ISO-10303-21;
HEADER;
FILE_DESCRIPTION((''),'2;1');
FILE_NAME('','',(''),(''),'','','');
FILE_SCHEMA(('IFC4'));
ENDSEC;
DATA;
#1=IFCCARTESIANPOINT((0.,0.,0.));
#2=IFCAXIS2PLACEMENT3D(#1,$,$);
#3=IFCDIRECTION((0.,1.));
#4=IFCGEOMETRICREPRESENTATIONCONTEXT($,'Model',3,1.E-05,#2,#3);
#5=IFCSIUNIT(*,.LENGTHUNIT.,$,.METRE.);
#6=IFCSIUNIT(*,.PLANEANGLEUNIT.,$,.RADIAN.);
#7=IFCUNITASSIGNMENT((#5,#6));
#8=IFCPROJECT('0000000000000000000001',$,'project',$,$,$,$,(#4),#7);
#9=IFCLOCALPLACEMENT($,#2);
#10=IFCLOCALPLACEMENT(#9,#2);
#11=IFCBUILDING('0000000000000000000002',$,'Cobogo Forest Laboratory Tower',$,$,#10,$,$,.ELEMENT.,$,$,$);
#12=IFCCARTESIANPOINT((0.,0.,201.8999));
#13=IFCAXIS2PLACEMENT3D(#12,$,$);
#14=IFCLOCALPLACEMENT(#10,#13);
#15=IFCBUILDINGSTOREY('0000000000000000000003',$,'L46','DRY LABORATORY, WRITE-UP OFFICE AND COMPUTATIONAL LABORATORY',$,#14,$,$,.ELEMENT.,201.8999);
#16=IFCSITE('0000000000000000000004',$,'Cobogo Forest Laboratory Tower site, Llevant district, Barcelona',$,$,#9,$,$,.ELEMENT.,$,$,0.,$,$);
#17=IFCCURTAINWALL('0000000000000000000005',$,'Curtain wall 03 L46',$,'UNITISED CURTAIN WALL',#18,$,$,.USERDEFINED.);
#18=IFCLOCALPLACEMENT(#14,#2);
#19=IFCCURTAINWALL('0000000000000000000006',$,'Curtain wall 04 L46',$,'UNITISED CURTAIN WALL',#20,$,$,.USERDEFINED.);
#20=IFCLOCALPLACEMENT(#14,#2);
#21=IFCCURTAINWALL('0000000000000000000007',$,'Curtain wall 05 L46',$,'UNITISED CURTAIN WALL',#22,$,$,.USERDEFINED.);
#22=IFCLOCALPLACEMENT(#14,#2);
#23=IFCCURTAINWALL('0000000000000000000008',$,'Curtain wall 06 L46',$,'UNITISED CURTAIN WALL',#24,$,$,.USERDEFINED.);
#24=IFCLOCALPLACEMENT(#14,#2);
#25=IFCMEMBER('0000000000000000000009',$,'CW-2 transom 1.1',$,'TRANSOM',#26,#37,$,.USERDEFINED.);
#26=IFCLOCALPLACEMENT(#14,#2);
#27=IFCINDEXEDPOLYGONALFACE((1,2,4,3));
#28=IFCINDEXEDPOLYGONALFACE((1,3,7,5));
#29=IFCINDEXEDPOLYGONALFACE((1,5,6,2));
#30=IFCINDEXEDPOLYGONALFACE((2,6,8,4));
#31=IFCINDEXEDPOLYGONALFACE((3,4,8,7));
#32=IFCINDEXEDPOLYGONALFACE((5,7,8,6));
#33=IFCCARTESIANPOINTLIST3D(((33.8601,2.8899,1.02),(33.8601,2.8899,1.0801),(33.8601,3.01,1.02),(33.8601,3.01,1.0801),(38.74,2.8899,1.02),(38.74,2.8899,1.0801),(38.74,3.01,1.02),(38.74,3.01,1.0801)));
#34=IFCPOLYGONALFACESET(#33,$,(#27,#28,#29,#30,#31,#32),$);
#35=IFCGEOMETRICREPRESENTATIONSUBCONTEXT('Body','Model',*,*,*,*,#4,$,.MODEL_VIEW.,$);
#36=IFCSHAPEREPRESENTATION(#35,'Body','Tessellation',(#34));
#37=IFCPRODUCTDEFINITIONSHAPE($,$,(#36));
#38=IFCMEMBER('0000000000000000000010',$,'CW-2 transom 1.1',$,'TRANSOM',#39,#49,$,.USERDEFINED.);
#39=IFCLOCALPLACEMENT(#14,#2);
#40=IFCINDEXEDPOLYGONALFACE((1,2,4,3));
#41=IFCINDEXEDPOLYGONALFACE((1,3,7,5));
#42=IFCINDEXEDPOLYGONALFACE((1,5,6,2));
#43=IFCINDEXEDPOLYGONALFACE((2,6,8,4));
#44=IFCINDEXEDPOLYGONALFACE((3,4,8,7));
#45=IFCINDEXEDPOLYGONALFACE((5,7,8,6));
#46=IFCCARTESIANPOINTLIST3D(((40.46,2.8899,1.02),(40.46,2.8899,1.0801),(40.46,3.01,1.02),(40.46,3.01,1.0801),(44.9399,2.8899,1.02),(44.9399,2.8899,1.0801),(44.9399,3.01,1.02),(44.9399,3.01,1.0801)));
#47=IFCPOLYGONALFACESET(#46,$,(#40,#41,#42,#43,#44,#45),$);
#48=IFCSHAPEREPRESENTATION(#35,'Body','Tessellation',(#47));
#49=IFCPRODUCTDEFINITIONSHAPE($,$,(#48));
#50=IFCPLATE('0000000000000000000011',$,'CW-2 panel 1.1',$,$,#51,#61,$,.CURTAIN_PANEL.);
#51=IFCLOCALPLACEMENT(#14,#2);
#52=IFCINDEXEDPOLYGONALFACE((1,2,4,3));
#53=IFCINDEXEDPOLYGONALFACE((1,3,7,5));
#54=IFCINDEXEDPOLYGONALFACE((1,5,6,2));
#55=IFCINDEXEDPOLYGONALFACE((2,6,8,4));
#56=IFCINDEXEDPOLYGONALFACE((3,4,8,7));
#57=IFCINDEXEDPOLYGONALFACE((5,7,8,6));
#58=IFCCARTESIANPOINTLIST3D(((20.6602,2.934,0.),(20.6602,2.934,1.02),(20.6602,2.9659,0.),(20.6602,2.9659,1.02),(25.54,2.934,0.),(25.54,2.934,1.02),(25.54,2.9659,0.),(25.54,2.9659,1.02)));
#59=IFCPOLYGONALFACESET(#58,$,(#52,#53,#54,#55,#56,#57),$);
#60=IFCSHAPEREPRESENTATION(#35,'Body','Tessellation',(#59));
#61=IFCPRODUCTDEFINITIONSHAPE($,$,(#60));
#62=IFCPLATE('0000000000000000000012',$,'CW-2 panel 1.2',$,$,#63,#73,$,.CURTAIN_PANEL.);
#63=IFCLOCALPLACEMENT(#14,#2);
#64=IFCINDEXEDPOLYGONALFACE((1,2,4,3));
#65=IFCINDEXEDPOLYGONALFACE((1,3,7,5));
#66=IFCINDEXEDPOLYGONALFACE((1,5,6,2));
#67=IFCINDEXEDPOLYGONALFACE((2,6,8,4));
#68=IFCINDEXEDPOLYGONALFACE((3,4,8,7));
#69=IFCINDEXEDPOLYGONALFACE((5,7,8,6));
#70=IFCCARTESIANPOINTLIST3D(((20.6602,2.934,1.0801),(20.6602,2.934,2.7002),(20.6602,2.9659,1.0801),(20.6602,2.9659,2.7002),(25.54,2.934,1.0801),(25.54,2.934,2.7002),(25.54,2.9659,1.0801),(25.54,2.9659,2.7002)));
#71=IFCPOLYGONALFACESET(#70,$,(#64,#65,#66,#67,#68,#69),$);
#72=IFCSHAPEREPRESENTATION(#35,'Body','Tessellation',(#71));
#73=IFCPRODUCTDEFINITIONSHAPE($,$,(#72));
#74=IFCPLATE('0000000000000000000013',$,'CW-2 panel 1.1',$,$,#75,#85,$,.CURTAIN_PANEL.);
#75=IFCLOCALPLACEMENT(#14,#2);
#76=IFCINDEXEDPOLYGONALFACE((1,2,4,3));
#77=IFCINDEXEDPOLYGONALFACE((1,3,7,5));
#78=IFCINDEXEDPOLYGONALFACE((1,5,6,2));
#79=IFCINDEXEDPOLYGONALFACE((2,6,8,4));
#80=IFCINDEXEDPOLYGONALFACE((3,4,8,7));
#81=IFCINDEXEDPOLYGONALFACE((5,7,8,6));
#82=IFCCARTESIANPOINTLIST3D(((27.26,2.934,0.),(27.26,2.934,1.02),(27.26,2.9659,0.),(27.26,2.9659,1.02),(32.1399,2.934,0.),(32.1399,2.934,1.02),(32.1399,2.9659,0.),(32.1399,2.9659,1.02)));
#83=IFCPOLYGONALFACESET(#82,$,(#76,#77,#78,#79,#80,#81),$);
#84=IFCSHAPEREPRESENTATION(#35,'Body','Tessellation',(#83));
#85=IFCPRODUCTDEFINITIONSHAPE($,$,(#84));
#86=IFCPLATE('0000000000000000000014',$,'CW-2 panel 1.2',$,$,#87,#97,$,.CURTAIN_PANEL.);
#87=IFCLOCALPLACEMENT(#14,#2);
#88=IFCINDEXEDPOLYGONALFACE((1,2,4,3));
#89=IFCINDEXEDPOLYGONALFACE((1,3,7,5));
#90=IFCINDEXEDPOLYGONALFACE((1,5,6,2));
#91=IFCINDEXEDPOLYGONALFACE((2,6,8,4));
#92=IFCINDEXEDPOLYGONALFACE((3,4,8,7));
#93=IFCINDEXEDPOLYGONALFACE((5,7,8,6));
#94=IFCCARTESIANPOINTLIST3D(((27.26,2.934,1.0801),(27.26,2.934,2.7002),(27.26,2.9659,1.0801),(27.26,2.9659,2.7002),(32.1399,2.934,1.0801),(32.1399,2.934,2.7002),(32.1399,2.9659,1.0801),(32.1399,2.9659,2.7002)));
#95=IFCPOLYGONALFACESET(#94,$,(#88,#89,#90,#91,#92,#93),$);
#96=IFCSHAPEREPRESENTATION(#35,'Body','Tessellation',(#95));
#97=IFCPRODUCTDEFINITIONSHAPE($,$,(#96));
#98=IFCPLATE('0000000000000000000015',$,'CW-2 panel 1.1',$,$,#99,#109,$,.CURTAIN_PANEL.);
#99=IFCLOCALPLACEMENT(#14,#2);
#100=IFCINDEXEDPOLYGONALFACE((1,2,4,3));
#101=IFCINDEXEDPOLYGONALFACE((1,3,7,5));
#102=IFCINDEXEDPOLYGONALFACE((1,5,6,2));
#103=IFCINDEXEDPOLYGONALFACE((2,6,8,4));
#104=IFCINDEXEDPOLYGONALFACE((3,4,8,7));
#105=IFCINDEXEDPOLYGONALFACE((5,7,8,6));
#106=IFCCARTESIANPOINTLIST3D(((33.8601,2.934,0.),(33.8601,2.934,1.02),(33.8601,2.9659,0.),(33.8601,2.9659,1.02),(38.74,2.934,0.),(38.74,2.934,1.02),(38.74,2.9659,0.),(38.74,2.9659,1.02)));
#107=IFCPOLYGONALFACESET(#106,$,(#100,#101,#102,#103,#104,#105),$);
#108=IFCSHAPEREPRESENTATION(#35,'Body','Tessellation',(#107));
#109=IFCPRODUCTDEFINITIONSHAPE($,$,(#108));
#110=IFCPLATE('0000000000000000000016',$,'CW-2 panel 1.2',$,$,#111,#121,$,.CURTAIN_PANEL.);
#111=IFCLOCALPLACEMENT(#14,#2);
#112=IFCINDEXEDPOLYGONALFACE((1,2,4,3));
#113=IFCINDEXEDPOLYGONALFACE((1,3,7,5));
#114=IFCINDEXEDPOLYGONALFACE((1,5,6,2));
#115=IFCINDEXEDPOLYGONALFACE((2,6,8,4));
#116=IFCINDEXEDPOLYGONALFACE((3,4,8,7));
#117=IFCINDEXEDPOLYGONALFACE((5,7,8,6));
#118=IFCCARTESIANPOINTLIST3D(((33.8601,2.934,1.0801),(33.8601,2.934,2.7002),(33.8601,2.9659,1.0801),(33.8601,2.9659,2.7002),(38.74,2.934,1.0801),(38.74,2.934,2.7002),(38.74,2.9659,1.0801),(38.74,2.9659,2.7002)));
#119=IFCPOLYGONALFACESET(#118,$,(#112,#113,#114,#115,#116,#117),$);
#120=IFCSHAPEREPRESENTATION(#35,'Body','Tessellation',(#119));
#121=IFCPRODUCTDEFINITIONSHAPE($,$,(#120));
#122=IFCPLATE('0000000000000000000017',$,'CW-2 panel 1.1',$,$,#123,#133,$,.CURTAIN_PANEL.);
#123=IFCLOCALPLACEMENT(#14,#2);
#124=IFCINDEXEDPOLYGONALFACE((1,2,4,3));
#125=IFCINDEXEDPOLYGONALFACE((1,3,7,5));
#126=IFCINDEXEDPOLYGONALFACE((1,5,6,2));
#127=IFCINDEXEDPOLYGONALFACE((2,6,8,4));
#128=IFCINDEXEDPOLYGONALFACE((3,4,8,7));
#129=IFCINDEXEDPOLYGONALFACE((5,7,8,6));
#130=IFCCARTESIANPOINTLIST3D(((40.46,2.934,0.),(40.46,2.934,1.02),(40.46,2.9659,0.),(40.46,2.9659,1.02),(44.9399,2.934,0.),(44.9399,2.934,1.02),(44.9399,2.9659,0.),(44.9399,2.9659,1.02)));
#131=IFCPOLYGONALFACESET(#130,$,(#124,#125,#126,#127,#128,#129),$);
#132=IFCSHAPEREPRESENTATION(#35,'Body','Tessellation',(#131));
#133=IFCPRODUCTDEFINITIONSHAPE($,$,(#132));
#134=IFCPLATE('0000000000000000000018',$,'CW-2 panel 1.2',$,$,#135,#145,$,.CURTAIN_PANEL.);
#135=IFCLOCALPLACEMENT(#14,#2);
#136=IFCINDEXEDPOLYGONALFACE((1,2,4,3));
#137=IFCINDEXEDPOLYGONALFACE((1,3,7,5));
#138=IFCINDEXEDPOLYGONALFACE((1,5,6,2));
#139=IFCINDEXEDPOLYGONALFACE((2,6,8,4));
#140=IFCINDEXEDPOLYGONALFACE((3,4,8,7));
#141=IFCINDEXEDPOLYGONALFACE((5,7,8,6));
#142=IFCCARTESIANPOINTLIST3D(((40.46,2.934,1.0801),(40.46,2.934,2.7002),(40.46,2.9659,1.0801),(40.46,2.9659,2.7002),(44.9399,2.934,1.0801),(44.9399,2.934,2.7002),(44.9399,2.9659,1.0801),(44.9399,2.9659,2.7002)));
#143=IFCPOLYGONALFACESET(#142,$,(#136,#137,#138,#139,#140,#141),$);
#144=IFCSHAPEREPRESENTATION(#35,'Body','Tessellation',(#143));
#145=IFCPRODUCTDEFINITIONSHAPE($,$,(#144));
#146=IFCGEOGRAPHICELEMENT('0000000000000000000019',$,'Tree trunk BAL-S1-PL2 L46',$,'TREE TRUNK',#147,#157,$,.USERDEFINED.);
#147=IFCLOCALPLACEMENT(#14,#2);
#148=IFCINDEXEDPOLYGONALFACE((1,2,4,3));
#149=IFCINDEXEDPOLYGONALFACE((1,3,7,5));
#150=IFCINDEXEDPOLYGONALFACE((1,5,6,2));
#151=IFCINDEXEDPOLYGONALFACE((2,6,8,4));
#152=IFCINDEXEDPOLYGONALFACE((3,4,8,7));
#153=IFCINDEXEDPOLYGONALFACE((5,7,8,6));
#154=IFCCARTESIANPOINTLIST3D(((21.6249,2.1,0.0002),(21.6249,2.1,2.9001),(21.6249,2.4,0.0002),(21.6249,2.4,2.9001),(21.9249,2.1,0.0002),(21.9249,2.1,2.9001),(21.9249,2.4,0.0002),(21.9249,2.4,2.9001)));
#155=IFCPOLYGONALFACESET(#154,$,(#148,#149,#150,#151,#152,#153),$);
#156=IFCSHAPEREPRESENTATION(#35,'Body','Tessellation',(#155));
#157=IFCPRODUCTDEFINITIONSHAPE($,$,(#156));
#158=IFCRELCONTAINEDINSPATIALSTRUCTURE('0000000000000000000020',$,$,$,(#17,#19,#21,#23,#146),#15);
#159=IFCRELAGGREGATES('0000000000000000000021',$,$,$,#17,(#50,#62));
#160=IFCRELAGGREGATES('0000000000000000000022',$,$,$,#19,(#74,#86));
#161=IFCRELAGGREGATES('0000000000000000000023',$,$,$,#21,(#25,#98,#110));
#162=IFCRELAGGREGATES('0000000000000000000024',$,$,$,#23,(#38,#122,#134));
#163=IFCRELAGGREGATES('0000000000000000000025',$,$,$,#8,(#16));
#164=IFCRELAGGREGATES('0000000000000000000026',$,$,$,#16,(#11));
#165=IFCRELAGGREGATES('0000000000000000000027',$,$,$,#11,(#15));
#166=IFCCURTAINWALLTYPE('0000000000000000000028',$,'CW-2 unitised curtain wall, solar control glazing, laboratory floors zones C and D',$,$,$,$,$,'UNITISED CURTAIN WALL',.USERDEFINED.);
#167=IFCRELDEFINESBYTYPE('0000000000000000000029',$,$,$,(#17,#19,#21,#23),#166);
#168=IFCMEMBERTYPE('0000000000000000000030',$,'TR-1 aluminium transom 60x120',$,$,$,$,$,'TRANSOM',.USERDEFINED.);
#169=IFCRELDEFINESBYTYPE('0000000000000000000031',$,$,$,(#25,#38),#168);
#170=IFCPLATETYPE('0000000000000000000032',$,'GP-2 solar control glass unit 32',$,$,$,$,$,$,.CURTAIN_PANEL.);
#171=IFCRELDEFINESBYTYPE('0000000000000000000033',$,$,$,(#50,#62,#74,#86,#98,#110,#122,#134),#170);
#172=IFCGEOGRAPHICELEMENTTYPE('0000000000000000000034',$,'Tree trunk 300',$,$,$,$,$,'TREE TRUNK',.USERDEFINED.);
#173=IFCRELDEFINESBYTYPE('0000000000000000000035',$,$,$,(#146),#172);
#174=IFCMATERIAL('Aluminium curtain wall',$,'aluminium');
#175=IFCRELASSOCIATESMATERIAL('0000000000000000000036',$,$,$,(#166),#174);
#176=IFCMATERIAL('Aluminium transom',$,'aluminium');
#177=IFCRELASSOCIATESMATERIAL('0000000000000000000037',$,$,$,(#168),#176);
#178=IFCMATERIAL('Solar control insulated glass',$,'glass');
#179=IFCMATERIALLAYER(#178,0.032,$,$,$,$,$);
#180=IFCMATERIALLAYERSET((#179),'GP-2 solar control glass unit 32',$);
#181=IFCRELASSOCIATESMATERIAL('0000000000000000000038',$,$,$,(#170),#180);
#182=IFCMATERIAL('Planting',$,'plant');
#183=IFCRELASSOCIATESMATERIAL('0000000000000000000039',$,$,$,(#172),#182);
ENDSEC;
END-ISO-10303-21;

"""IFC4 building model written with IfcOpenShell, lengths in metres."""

from ifc_helpers import new_model, si_unit, direction, frame, origin, origin_2d, place, context, subcontext, project, spatial, rectangle, extrude, material, layer, layer_set, material_profile, profile_set, type_object, element, aggregate, save


model = new_model("IFC4")

# Units and contexts
model_context = context("Model", 3, precision=1e-05, world=origin(), true_north=direction((0.0, 1.0)))
body_context = subcontext(model_context, "Body", "Model", "MODEL_VIEW")
ifc_project = project(units=[si_unit("LENGTHUNIT", "METRE"), si_unit("PLANEANGLEUNIT", "RADIAN")], contexts=[model_context])

# Site, building, storey
site_placement = place(None, origin())
site = spatial("IfcSite", under=ifc_project, at=site_placement, Name="Cobogo Forest Laboratory Tower site, Llevant district, Barcelona", CompositionType="ELEMENT", RefElevation=0.0)
building_placement = place(site_placement, origin())
building = spatial("IfcBuilding", under=site, at=building_placement, Name="Cobogo Forest Laboratory Tower", CompositionType="ELEMENT")
storey_placement = place(building_placement, frame((0.0, 0.0, 201.8999)))
storey = spatial("IfcBuildingStorey", under=building, at=storey_placement, Name="L46", Description="DRY LABORATORY, WRITE-UP OFFICE AND COMPUTATIONAL LABORATORY", CompositionType="ELEMENT", Elevation=201.8999)

# Curtain walls
ifc_material_1 = material(Name="Aluminium curtain wall", Category="aluminium")
curtain_wall_type = type_object("IfcCurtainWallType", Name="CW-2 unitised curtain wall, solar control glazing, laboratory floors zones C and D", ElementType="UNITISED CURTAIN WALL", PredefinedType="USERDEFINED", material=ifc_material_1)
curtain_wall_1_placement = place(storey_placement, origin())
curtain_wall_1 = element("IfcCurtainWall", 1, at=curtain_wall_1_placement, inside=storey, type_object=curtain_wall_type, Name="Curtain wall 03 L46", ObjectType="UNITISED CURTAIN WALL", PredefinedType="USERDEFINED")
curtain_wall_2_placement = place(storey_placement, origin())
curtain_wall_2 = element("IfcCurtainWall", 2, at=curtain_wall_2_placement, inside=storey, type_object=curtain_wall_type, Name="Curtain wall 04 L46", ObjectType="UNITISED CURTAIN WALL", PredefinedType="USERDEFINED")
curtain_wall_3_placement = place(storey_placement, origin())
curtain_wall_3 = element("IfcCurtainWall", 3, at=curtain_wall_3_placement, inside=storey, type_object=curtain_wall_type, Name="Curtain wall 05 L46", ObjectType="UNITISED CURTAIN WALL", PredefinedType="USERDEFINED")

# Curtain wall
curtain_wall_4_placement = place(storey_placement, origin())
curtain_wall_4 = element("IfcCurtainWall", 4, at=curtain_wall_4_placement, inside=storey, type_object=curtain_wall_type, Name="Curtain wall 06 L46", ObjectType="UNITISED CURTAIN WALL", PredefinedType="USERDEFINED")

# Members
ifc_material_2 = material(Name="Aluminium transom", Category="aluminium")
ifc_material_profile_1 = material_profile(ifc_material_2, rectangle(XDim=0.1201, YDim=0.0601, at=origin_2d()), Name="AL 60x120")
ifc_profile_set_1 = profile_set([ifc_material_profile_1], Name="Aluminium transom")
member_type_1 = type_object("IfcMemberType", Name="TR-1 aluminium transom 60x120", ElementType="TRANSOM", PredefinedType="USERDEFINED", material=ifc_profile_set_1)
member_1_placement = place(storey_placement, frame((33.8601, 2.95, 1.05), z_axis=(1.0, 0.0, 0.0), x_axis=(0.0, 1.0, 0.0)))
member_1 = element("IfcMember", 5, at=member_1_placement, type_object=member_type_1, Name="CW-2 transom 1.1", ObjectType="TRANSOM", PredefinedType="USERDEFINED", context=body_context, shape_type="SweptSolid", body=[
    extrude(rectangle(XDim=0.1201, YDim=0.0601, at=origin_2d()), origin(), (0.0, 0.0, 1.0), 4.8799),
])
member_2_placement = place(storey_placement, frame((40.46, 2.95, 1.05), z_axis=(1.0, 0.0, 0.0), x_axis=(0.0, 1.0, 0.0)))
member_2 = element("IfcMember", 6, at=member_2_placement, type_object=member_type_1, Name="CW-2 transom 1.1", ObjectType="TRANSOM", PredefinedType="USERDEFINED", context=body_context, shape_type="SweptSolid", body=[
    extrude(rectangle(XDim=0.1201, YDim=0.0601, at=origin_2d()), origin(), (0.0, 0.0, 1.0), 4.48),
])

# Plates
ifc_material_3 = material(Name="Solar control insulated glass", Category="glass")
ifc_layer = layer(ifc_material_3, 0.032)
ifc_layer_set = layer_set([ifc_layer], Name="GP-2 solar control glass unit 32")
plate_type_1 = type_object("IfcPlateType", Name="GP-2 solar control glass unit 32", PredefinedType="CURTAIN_PANEL", material=ifc_layer_set)
plate_1_placement = place(storey_placement, frame((23.1001, 2.95, 0.0), z_axis=(0.0, 0.0, 1.0), x_axis=(1.0, 0.0, 0.0)))
plate_1 = element("IfcPlate", 7, at=plate_1_placement, type_object=plate_type_1, Name="CW-2 panel 1.1", PredefinedType="CURTAIN_PANEL", context=body_context, shape_type="SweptSolid", body=[
    extrude(rectangle(XDim=4.8799, YDim=0.032, at=origin_2d()), origin(), (0.0, 0.0, 1.0), 1.02),
])
plate_2_placement = place(storey_placement, frame((23.1001, 2.95, 1.0801), z_axis=(0.0, 0.0, 1.0), x_axis=(1.0, 0.0, 0.0)))
plate_2 = element("IfcPlate", 8, at=plate_2_placement, type_object=plate_type_1, Name="CW-2 panel 1.2", PredefinedType="CURTAIN_PANEL", context=body_context, shape_type="SweptSolid", body=[
    extrude(rectangle(XDim=4.8799, YDim=0.032, at=origin_2d()), origin(), (0.0, 0.0, 1.0), 1.6201),
])
aggregate(curtain_wall_1, [plate_1, plate_2])
plate_3_placement = place(storey_placement, frame((29.7, 2.95, 0.0), z_axis=(0.0, 0.0, 1.0), x_axis=(1.0, 0.0, 0.0)))
plate_3 = element("IfcPlate", 9, at=plate_3_placement, type_object=plate_type_1, Name="CW-2 panel 1.1", PredefinedType="CURTAIN_PANEL", context=body_context, shape_type="SweptSolid", body=[
    extrude(rectangle(XDim=4.8799, YDim=0.032, at=origin_2d()), origin(), (0.0, 0.0, 1.0), 1.02),
])
plate_4_placement = place(storey_placement, frame((29.7, 2.95, 1.0801), z_axis=(0.0, 0.0, 1.0), x_axis=(1.0, 0.0, 0.0)))
plate_4 = element("IfcPlate", 10, at=plate_4_placement, type_object=plate_type_1, Name="CW-2 panel 1.2", PredefinedType="CURTAIN_PANEL", context=body_context, shape_type="SweptSolid", body=[
    extrude(rectangle(XDim=4.8799, YDim=0.032, at=origin_2d()), origin(), (0.0, 0.0, 1.0), 1.6201),
])
aggregate(curtain_wall_2, [plate_3, plate_4])
plate_5_placement = place(storey_placement, frame((36.3, 2.95, 0.0), z_axis=(0.0, 0.0, 1.0), x_axis=(1.0, 0.0, 0.0)))
plate_5 = element("IfcPlate", 11, at=plate_5_placement, type_object=plate_type_1, Name="CW-2 panel 1.1", PredefinedType="CURTAIN_PANEL", context=body_context, shape_type="SweptSolid", body=[
    extrude(rectangle(XDim=4.8799, YDim=0.032, at=origin_2d()), origin(), (0.0, 0.0, 1.0), 1.02),
])
plate_6_placement = place(storey_placement, frame((36.3, 2.95, 1.0801), z_axis=(0.0, 0.0, 1.0), x_axis=(1.0, 0.0, 0.0)))
plate_6 = element("IfcPlate", 12, at=plate_6_placement, type_object=plate_type_1, Name="CW-2 panel 1.2", PredefinedType="CURTAIN_PANEL", context=body_context, shape_type="SweptSolid", body=[
    extrude(rectangle(XDim=4.8799, YDim=0.032, at=origin_2d()), origin(), (0.0, 0.0, 1.0), 1.6201),
])
aggregate(curtain_wall_3, [member_1, plate_5, plate_6])
plate_7_placement = place(storey_placement, frame((42.7, 2.95, 0.0), z_axis=(0.0, 0.0, 1.0), x_axis=(1.0, 0.0, 0.0)))
plate_7 = element("IfcPlate", 13, at=plate_7_placement, type_object=plate_type_1, Name="CW-2 panel 1.1", PredefinedType="CURTAIN_PANEL", context=body_context, shape_type="SweptSolid", body=[
    extrude(rectangle(XDim=4.48, YDim=0.032, at=origin_2d()), origin(), (0.0, 0.0, 1.0), 1.02),
])
plate_8_placement = place(storey_placement, frame((42.7, 2.95, 1.0801), z_axis=(0.0, 0.0, 1.0), x_axis=(1.0, 0.0, 0.0)))
plate_8 = element("IfcPlate", 14, at=plate_8_placement, type_object=plate_type_1, Name="CW-2 panel 1.2", PredefinedType="CURTAIN_PANEL", context=body_context, shape_type="SweptSolid", body=[
    extrude(rectangle(XDim=4.48, YDim=0.032, at=origin_2d()), origin(), (0.0, 0.0, 1.0), 1.6201),
])
aggregate(curtain_wall_4, [member_2, plate_7, plate_8])

# Geographic element
ifc_material_4 = material(Name="Planting", Category="plant")
geographic_element_type = type_object("IfcGeographicElementType", Name="Tree trunk 300", ElementType="TREE TRUNK", PredefinedType="USERDEFINED", material=ifc_material_4)
geographic_element_placement = place(storey_placement, frame((21.7749, 2.25, 0.0002), z_axis=(0.0, 0.0, 1.0), x_axis=(1.0, 0.0, 0.0)))
element("IfcGeographicElement", 15, at=geographic_element_placement, inside=storey, type_object=geographic_element_type, Name="Tree trunk BAL-S1-PL2 L46", ObjectType="TREE TRUNK", PredefinedType="USERDEFINED", context=body_context, shape_type="SweptSolid", body=[
    extrude(rectangle(XDim=0.3, YDim=0.3, at=origin_2d()), origin(), (0.0, 0.0, 1.0), 2.8999),
])

save(model, "model.ifc")
